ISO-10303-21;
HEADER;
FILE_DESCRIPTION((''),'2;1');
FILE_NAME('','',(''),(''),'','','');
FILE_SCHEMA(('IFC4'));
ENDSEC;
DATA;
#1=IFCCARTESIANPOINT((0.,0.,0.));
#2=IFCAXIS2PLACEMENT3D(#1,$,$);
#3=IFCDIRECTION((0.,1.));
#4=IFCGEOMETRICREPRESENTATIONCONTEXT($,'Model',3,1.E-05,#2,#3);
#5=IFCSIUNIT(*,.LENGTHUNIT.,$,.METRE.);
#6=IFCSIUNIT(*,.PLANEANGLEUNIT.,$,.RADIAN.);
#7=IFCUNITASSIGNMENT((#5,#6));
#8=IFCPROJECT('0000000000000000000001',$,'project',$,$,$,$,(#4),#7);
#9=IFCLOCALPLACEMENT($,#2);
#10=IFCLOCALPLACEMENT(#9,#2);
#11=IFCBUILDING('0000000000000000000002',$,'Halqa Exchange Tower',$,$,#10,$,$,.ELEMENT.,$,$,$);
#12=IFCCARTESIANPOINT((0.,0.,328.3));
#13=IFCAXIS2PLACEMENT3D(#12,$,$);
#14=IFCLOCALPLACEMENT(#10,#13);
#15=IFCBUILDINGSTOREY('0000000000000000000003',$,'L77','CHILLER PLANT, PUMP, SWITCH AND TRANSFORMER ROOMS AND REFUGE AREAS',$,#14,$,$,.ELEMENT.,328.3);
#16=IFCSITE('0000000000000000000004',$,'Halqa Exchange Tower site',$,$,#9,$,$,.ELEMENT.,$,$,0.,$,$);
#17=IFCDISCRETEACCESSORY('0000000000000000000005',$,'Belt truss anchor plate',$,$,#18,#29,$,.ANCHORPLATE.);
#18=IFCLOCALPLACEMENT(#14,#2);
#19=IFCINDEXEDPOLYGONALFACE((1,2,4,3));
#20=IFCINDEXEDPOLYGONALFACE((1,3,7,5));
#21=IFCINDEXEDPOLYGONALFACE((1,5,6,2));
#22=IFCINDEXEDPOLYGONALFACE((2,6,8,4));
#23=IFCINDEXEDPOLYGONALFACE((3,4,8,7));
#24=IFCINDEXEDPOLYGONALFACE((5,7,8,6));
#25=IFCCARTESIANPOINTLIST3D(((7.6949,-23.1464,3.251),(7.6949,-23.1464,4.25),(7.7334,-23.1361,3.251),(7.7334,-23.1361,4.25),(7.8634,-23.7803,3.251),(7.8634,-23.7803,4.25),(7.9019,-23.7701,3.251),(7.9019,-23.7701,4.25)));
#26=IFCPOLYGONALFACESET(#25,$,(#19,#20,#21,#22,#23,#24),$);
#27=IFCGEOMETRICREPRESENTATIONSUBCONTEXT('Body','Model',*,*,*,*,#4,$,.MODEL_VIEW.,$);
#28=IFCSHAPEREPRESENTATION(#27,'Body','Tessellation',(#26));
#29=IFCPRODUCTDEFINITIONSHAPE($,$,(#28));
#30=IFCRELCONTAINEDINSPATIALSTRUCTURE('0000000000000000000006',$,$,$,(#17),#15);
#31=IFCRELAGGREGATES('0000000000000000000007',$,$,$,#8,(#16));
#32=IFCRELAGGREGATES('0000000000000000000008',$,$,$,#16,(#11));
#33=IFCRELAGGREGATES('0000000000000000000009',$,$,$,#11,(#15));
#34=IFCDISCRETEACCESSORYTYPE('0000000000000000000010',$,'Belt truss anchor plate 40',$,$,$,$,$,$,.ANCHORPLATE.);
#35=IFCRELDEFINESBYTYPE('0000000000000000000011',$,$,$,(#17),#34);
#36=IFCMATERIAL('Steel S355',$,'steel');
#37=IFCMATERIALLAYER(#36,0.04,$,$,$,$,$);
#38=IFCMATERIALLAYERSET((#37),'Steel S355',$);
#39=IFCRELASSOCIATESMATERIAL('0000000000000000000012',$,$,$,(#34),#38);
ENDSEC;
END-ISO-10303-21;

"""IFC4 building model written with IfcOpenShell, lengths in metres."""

from ifc_helpers import new_model, si_unit, direction, frame, origin, origin_2d, place, context, subcontext, project, spatial, rectangle, extrude, material, layer, layer_set, type_object, element, save


model = new_model("IFC4")

# Units and contexts
model_context = context("Model", 3, precision=1e-05, world=origin(), true_north=direction((0.0, 1.0)))
body_context = subcontext(model_context, "Body", "Model", "MODEL_VIEW")
ifc_project = project(units=[si_unit("LENGTHUNIT", "METRE"), si_unit("PLANEANGLEUNIT", "RADIAN")], contexts=[model_context])

# Site, building, storey
site_placement = place(None, origin())
site = spatial("IfcSite", under=ifc_project, at=site_placement, Name="Halqa Exchange Tower site", CompositionType="ELEMENT", RefElevation=0.0)
building_placement = place(site_placement, origin())
building = spatial("IfcBuilding", under=site, at=building_placement, Name="Halqa Exchange Tower", CompositionType="ELEMENT")
storey_placement = place(building_placement, frame((0.0, 0.0, 328.3)))
storey = spatial("IfcBuildingStorey", under=building, at=storey_placement, Name="L77", Description="CHILLER PLANT, PUMP, SWITCH AND TRANSFORMER ROOMS AND REFUGE AREAS", CompositionType="ELEMENT", Elevation=328.3)

# Shared definitions
ifc_material_1 = material(Name="Steel S355", Category="steel")

# Discrete accessory
ifc_layer_1 = layer(ifc_material_1, 0.04)
ifc_layer_set_1 = layer_set([ifc_layer_1], Name="Steel S355")
discrete_accessory_type = type_object("IfcDiscreteAccessoryType", Name="Belt truss anchor plate 40", PredefinedType="ANCHORPLATE", material=ifc_layer_set_1)
discrete_accessory_1_placement = place(storey_placement, frame((7.8176, -23.4531, 3.7505), z_axis=(-0.966438, -0.256901, 0.0), x_axis=(0.256901, -0.966438, 0.0)))
element("IfcDiscreteAccessory", 1, at=discrete_accessory_1_placement, inside=storey, type_object=discrete_accessory_type, Name="Belt truss anchor plate", PredefinedType="ANCHORPLATE", context=body_context, shape_type="SweptSolid", body=[
    extrude(rectangle(XDim=0.656, YDim=0.999, at=origin_2d()), origin(), (0.0, 0.0, 1.0), 0.0398),
])

save(model, "model.ifc")
